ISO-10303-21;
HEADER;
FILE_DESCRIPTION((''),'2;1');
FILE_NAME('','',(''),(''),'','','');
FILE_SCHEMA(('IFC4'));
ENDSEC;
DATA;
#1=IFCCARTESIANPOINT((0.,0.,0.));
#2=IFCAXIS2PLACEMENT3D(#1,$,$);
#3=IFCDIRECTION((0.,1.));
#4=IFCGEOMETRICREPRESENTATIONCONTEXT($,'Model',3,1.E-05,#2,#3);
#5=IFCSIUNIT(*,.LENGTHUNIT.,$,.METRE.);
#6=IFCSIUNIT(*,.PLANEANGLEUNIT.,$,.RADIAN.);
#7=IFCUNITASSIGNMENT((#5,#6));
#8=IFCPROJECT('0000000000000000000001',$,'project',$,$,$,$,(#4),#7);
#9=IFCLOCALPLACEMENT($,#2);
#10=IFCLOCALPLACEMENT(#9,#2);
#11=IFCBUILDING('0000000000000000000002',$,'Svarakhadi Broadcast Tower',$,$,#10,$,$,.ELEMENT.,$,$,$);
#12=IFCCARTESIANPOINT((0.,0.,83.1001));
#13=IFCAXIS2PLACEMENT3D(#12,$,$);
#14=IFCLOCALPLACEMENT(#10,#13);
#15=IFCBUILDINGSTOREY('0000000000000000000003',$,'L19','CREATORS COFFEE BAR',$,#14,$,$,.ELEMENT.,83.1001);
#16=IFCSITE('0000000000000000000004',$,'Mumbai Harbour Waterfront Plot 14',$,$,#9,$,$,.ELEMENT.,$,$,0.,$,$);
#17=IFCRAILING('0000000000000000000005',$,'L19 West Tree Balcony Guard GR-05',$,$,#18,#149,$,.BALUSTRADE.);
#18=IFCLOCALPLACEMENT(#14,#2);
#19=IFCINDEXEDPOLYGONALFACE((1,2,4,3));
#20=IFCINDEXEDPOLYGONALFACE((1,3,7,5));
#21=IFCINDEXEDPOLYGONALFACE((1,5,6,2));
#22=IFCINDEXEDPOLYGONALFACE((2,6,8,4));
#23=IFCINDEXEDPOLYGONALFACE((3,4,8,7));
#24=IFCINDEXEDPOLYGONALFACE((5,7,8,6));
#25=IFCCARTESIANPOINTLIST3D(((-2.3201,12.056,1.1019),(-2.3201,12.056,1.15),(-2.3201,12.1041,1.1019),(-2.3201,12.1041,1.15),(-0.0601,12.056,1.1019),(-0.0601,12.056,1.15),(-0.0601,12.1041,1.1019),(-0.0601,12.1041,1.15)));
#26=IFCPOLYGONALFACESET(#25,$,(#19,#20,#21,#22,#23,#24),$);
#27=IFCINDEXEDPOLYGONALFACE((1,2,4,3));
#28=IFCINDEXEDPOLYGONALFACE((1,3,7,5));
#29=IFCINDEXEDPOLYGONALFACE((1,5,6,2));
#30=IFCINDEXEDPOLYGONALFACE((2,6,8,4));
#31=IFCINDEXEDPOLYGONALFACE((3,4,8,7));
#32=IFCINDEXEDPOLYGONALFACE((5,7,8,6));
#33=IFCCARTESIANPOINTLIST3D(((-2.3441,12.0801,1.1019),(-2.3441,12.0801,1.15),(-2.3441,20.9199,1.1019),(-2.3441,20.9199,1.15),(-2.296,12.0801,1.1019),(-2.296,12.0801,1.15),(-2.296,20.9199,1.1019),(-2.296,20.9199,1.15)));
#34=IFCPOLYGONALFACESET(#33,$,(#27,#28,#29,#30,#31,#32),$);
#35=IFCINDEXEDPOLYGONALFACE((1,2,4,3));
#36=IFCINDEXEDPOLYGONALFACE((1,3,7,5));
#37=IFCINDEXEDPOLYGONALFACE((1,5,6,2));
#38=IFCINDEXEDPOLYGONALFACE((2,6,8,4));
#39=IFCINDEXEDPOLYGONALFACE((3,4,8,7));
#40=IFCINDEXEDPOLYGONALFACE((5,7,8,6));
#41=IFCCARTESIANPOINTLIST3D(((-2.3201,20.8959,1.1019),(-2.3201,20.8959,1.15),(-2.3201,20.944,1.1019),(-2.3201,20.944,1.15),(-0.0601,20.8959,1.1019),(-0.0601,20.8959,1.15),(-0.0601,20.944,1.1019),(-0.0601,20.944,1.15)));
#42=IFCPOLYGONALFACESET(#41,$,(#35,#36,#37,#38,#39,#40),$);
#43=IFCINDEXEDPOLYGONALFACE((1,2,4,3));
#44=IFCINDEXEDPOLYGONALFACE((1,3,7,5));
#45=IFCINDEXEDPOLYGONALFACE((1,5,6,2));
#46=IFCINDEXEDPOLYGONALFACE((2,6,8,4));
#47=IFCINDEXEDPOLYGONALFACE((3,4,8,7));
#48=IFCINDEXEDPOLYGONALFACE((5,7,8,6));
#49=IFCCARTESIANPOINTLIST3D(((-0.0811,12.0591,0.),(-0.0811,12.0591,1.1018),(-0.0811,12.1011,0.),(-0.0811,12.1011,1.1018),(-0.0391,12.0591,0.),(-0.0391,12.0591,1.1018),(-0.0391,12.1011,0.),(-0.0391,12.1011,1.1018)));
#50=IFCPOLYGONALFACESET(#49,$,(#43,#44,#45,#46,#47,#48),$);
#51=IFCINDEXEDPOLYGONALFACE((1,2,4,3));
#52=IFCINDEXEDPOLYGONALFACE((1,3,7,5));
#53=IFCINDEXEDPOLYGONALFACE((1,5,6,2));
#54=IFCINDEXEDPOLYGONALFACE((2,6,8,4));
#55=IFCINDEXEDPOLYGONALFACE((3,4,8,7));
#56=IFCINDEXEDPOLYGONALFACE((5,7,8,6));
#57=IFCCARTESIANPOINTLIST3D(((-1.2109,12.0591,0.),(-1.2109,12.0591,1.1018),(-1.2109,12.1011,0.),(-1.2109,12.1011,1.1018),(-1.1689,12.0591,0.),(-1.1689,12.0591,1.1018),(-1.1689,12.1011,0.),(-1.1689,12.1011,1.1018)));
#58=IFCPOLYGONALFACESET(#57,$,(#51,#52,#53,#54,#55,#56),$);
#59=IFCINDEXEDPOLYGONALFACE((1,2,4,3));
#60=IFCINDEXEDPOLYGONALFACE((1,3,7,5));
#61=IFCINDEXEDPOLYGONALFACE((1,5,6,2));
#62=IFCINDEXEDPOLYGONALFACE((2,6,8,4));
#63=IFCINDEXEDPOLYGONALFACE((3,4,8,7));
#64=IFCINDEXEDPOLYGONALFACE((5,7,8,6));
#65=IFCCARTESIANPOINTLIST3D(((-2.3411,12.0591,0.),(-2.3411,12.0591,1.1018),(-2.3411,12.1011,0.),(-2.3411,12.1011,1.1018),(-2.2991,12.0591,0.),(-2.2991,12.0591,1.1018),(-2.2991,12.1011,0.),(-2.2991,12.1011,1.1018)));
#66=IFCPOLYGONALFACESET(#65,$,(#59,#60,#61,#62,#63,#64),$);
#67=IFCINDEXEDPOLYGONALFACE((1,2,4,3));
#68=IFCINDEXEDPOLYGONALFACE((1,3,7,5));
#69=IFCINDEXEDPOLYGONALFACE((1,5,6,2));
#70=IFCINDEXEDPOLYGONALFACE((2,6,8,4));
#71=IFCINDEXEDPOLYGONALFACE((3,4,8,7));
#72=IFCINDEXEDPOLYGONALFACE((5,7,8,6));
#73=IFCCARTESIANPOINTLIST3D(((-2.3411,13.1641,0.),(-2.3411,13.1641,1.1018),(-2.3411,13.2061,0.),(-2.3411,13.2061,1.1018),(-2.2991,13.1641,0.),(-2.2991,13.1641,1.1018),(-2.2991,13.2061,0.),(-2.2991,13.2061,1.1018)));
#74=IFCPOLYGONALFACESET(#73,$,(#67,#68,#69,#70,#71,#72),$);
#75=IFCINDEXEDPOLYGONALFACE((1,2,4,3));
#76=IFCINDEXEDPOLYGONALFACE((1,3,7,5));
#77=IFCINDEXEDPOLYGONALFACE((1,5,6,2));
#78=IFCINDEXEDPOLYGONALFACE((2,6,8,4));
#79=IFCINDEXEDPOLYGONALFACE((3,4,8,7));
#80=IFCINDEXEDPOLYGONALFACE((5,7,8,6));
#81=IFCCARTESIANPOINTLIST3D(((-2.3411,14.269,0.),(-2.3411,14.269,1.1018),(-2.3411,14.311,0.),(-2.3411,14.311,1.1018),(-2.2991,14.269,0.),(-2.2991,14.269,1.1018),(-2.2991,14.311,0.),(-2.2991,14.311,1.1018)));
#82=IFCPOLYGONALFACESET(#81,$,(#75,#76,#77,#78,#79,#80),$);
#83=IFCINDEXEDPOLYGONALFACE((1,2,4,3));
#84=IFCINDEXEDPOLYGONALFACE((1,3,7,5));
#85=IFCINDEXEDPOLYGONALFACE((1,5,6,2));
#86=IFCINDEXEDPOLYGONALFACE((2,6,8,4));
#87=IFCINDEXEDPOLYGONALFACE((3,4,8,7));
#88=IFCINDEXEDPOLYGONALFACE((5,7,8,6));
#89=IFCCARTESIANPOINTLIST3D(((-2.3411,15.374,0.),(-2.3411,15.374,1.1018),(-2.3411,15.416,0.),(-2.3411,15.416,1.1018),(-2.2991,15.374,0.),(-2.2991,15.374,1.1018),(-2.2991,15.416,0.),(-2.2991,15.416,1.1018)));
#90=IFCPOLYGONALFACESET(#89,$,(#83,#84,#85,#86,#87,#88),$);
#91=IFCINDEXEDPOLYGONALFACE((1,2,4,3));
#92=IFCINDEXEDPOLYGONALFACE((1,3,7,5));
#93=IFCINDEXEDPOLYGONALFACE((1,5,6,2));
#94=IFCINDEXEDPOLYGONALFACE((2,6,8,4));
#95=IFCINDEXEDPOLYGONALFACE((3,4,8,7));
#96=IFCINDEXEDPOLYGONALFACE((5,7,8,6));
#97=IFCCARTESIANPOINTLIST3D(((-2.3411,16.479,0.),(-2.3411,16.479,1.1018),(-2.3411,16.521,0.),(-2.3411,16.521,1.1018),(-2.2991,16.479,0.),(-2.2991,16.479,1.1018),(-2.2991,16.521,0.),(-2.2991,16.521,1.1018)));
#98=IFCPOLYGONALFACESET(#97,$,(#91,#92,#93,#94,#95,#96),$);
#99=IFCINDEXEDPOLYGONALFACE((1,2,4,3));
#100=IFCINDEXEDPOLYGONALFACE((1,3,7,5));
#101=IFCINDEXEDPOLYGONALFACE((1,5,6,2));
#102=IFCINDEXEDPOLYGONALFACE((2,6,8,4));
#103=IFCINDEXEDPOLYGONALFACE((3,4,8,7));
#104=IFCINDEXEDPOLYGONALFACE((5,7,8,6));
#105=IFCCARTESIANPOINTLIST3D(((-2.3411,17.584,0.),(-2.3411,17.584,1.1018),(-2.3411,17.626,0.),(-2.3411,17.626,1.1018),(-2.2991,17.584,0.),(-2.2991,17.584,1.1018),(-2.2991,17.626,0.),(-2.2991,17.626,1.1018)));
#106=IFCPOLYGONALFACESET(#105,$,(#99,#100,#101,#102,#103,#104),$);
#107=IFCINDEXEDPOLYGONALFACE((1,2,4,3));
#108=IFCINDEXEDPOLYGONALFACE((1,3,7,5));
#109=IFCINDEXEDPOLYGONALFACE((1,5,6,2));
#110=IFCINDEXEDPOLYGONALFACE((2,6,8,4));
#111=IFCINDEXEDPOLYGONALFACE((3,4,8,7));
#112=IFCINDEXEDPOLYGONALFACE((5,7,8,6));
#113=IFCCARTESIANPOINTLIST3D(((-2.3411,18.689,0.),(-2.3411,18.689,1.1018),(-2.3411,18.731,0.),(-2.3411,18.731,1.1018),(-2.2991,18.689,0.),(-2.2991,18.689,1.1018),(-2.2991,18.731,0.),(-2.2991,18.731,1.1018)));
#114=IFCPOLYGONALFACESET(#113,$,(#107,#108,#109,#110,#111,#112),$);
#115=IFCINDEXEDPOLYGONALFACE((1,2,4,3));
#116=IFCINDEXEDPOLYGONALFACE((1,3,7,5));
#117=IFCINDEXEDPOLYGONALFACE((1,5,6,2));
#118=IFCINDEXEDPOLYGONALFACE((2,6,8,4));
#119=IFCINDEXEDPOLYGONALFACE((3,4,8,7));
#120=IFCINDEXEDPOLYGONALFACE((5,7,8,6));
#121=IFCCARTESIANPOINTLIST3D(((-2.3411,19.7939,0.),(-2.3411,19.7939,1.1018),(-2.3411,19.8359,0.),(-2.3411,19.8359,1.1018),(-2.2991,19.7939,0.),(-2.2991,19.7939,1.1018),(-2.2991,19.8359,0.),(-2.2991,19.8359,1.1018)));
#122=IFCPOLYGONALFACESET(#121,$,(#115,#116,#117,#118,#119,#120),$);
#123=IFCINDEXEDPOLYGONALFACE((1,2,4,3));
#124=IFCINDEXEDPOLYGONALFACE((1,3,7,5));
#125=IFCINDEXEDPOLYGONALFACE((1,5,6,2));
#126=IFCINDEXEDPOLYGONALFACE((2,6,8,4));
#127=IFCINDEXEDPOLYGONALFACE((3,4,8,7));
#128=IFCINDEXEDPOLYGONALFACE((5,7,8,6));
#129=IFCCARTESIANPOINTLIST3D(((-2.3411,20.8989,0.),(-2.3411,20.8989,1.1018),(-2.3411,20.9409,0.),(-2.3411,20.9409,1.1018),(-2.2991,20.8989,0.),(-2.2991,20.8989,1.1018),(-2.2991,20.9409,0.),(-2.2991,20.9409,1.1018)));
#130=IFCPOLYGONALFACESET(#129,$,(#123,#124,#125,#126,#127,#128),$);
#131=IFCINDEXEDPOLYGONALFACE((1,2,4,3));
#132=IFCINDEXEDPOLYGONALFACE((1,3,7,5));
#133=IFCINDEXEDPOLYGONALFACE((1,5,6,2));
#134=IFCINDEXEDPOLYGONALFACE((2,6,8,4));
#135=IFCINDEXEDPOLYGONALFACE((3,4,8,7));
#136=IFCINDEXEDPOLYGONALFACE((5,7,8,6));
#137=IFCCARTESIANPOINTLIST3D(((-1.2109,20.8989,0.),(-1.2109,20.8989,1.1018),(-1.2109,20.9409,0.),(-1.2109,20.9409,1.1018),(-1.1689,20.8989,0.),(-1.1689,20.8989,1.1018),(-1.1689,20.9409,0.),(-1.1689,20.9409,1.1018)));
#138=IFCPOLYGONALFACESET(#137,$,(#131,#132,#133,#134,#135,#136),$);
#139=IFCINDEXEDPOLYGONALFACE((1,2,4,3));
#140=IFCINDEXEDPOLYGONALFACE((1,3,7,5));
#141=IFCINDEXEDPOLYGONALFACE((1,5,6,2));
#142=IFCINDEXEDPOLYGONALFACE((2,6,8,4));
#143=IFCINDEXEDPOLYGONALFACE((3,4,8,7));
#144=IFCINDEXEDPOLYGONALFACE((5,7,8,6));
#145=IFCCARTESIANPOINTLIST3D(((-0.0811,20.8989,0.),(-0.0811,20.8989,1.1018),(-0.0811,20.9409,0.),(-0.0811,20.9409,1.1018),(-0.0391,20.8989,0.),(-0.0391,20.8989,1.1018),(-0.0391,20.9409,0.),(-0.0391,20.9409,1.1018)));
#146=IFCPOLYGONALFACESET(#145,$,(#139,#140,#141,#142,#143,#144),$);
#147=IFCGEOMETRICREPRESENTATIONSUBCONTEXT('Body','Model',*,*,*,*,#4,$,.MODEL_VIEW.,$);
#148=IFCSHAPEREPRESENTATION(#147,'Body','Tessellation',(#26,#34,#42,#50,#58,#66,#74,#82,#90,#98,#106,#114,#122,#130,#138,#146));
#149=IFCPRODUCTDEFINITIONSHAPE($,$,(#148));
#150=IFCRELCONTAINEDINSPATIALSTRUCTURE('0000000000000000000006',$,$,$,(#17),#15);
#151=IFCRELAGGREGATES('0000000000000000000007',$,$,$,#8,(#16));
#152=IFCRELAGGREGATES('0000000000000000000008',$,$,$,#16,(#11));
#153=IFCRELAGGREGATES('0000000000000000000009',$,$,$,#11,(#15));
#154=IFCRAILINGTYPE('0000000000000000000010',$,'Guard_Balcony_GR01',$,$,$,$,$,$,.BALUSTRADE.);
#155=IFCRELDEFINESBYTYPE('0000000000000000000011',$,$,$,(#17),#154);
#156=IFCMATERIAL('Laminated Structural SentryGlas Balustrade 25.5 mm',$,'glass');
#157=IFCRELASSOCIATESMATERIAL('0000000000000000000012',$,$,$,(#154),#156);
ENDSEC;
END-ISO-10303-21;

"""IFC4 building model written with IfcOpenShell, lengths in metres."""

from ifc_helpers import new_model, si_unit, direction, frame, origin, origin_2d, place, context, subcontext, project, spatial, rectangle, extrude, material, type_object, element, save


model = new_model("IFC4")

# Units and contexts
model_context = context("Model", 3, precision=1e-05, world=origin(), true_north=direction((0.0, 1.0)))
body_context = subcontext(model_context, "Body", "Model", "MODEL_VIEW")
ifc_project = project(units=[si_unit("LENGTHUNIT", "METRE"), si_unit("PLANEANGLEUNIT", "RADIAN")], contexts=[model_context])

# Site, building, storey
site_placement = place(None, origin())
site = spatial("IfcSite", under=ifc_project, at=site_placement, Name="Mumbai Harbour Waterfront Plot 14", CompositionType="ELEMENT", RefElevation=0.0)
building_placement = place(site_placement, origin())
building = spatial("IfcBuilding", under=site, at=building_placement, Name="Svarakhadi Broadcast Tower", CompositionType="ELEMENT")
storey_placement = place(building_placement, frame((0.0, 0.0, 83.1001)))
storey = spatial("IfcBuildingStorey", under=building, at=storey_placement, Name="L19", Description="CREATORS COFFEE BAR", CompositionType="ELEMENT", Elevation=83.1001)

# Railing
ifc_material_1 = material(Name="Laminated Structural SentryGlas Balustrade 25.5 mm", Category="glass")
railing_type = type_object("IfcRailingType", Name="Guard_Balcony_GR01", PredefinedType="BALUSTRADE", material=ifc_material_1)
railing_placement = place(storey_placement, frame((-0.0601, 12.0801, 0.0)))
element("IfcRailing", 1, at=railing_placement, inside=storey, type_object=railing_type, Name="L19 West Tree Balcony Guard GR-05", PredefinedType="BALUSTRADE", context=body_context, shape_type="SweptSolid", body=[
    extrude(rectangle(XDim=0.0481, YDim=0.0481, at=origin_2d()), frame((0.0, 0.0, 1.126), z_axis=(-1.0, 0.0, 0.0), x_axis=(0.0, -1.0, 0.0)), (0.0, 0.0, 1.0), 2.26),
    extrude(rectangle(XDim=0.0481, YDim=0.0481, at=origin_2d()), frame((-2.26, 0.0, 1.126), z_axis=(0.0, 1.0, 0.0), x_axis=(-1.0, 0.0, 0.0)), (0.0, 0.0, 1.0), 8.8398),
    extrude(rectangle(XDim=0.0481, YDim=0.0481, at=origin_2d()), frame((-2.26, 8.8398, 1.126), z_axis=(1.0, 0.0, 0.0), x_axis=(0.0, 1.0, 0.0)), (0.0, 0.0, 1.0), 2.26),
    extrude(rectangle(XDim=0.042, YDim=0.042, at=origin_2d()), origin(), (0.0, 0.0, 1.0), 1.1018),
    extrude(rectangle(XDim=0.042, YDim=0.042, at=origin_2d()), frame((-1.1299, 0.0, 0.0)), (0.0, 0.0, 1.0), 1.1018),
    extrude(rectangle(XDim=0.042, YDim=0.042, at=origin_2d()), frame((-2.26, 0.0, 0.0)), (0.0, 0.0, 1.0), 1.1018),
    extrude(rectangle(XDim=0.042, YDim=0.042, at=origin_2d()), frame((-2.26, 1.105, 0.0)), (0.0, 0.0, 1.0), 1.1018),
    extrude(rectangle(XDim=0.042, YDim=0.042, at=origin_2d()), frame((-2.26, 2.21, 0.0)), (0.0, 0.0, 1.0), 1.1018),
    extrude(rectangle(XDim=0.042, YDim=0.042, at=origin_2d()), frame((-2.26, 3.3149, 0.0)), (0.0, 0.0, 1.0), 1.1018),
    extrude(rectangle(XDim=0.042, YDim=0.042, at=origin_2d()), frame((-2.26, 4.4199, 0.0)), (0.0, 0.0, 1.0), 1.1018),
    extrude(rectangle(XDim=0.042, YDim=0.042, at=origin_2d()), frame((-2.26, 5.5249, 0.0)), (0.0, 0.0, 1.0), 1.1018),
    extrude(rectangle(XDim=0.042, YDim=0.042, at=origin_2d()), frame((-2.26, 6.6299, 0.0)), (0.0, 0.0, 1.0), 1.1018),
    extrude(rectangle(XDim=0.042, YDim=0.042, at=origin_2d()), frame((-2.26, 7.7349, 0.0)), (0.0, 0.0, 1.0), 1.1018),
    extrude(rectangle(XDim=0.042, YDim=0.042, at=origin_2d()), frame((-2.26, 8.8398, 0.0)), (0.0, 0.0, 1.0), 1.1018),
    extrude(rectangle(XDim=0.042, YDim=0.042, at=origin_2d()), frame((-1.1299, 8.8398, 0.0)), (0.0, 0.0, 1.0), 1.1018),
    extrude(rectangle(XDim=0.042, YDim=0.042, at=origin_2d()), frame((0.0, 8.8398, 0.0)), (0.0, 0.0, 1.0), 1.1018),
])

save(model, "model.ifc")
